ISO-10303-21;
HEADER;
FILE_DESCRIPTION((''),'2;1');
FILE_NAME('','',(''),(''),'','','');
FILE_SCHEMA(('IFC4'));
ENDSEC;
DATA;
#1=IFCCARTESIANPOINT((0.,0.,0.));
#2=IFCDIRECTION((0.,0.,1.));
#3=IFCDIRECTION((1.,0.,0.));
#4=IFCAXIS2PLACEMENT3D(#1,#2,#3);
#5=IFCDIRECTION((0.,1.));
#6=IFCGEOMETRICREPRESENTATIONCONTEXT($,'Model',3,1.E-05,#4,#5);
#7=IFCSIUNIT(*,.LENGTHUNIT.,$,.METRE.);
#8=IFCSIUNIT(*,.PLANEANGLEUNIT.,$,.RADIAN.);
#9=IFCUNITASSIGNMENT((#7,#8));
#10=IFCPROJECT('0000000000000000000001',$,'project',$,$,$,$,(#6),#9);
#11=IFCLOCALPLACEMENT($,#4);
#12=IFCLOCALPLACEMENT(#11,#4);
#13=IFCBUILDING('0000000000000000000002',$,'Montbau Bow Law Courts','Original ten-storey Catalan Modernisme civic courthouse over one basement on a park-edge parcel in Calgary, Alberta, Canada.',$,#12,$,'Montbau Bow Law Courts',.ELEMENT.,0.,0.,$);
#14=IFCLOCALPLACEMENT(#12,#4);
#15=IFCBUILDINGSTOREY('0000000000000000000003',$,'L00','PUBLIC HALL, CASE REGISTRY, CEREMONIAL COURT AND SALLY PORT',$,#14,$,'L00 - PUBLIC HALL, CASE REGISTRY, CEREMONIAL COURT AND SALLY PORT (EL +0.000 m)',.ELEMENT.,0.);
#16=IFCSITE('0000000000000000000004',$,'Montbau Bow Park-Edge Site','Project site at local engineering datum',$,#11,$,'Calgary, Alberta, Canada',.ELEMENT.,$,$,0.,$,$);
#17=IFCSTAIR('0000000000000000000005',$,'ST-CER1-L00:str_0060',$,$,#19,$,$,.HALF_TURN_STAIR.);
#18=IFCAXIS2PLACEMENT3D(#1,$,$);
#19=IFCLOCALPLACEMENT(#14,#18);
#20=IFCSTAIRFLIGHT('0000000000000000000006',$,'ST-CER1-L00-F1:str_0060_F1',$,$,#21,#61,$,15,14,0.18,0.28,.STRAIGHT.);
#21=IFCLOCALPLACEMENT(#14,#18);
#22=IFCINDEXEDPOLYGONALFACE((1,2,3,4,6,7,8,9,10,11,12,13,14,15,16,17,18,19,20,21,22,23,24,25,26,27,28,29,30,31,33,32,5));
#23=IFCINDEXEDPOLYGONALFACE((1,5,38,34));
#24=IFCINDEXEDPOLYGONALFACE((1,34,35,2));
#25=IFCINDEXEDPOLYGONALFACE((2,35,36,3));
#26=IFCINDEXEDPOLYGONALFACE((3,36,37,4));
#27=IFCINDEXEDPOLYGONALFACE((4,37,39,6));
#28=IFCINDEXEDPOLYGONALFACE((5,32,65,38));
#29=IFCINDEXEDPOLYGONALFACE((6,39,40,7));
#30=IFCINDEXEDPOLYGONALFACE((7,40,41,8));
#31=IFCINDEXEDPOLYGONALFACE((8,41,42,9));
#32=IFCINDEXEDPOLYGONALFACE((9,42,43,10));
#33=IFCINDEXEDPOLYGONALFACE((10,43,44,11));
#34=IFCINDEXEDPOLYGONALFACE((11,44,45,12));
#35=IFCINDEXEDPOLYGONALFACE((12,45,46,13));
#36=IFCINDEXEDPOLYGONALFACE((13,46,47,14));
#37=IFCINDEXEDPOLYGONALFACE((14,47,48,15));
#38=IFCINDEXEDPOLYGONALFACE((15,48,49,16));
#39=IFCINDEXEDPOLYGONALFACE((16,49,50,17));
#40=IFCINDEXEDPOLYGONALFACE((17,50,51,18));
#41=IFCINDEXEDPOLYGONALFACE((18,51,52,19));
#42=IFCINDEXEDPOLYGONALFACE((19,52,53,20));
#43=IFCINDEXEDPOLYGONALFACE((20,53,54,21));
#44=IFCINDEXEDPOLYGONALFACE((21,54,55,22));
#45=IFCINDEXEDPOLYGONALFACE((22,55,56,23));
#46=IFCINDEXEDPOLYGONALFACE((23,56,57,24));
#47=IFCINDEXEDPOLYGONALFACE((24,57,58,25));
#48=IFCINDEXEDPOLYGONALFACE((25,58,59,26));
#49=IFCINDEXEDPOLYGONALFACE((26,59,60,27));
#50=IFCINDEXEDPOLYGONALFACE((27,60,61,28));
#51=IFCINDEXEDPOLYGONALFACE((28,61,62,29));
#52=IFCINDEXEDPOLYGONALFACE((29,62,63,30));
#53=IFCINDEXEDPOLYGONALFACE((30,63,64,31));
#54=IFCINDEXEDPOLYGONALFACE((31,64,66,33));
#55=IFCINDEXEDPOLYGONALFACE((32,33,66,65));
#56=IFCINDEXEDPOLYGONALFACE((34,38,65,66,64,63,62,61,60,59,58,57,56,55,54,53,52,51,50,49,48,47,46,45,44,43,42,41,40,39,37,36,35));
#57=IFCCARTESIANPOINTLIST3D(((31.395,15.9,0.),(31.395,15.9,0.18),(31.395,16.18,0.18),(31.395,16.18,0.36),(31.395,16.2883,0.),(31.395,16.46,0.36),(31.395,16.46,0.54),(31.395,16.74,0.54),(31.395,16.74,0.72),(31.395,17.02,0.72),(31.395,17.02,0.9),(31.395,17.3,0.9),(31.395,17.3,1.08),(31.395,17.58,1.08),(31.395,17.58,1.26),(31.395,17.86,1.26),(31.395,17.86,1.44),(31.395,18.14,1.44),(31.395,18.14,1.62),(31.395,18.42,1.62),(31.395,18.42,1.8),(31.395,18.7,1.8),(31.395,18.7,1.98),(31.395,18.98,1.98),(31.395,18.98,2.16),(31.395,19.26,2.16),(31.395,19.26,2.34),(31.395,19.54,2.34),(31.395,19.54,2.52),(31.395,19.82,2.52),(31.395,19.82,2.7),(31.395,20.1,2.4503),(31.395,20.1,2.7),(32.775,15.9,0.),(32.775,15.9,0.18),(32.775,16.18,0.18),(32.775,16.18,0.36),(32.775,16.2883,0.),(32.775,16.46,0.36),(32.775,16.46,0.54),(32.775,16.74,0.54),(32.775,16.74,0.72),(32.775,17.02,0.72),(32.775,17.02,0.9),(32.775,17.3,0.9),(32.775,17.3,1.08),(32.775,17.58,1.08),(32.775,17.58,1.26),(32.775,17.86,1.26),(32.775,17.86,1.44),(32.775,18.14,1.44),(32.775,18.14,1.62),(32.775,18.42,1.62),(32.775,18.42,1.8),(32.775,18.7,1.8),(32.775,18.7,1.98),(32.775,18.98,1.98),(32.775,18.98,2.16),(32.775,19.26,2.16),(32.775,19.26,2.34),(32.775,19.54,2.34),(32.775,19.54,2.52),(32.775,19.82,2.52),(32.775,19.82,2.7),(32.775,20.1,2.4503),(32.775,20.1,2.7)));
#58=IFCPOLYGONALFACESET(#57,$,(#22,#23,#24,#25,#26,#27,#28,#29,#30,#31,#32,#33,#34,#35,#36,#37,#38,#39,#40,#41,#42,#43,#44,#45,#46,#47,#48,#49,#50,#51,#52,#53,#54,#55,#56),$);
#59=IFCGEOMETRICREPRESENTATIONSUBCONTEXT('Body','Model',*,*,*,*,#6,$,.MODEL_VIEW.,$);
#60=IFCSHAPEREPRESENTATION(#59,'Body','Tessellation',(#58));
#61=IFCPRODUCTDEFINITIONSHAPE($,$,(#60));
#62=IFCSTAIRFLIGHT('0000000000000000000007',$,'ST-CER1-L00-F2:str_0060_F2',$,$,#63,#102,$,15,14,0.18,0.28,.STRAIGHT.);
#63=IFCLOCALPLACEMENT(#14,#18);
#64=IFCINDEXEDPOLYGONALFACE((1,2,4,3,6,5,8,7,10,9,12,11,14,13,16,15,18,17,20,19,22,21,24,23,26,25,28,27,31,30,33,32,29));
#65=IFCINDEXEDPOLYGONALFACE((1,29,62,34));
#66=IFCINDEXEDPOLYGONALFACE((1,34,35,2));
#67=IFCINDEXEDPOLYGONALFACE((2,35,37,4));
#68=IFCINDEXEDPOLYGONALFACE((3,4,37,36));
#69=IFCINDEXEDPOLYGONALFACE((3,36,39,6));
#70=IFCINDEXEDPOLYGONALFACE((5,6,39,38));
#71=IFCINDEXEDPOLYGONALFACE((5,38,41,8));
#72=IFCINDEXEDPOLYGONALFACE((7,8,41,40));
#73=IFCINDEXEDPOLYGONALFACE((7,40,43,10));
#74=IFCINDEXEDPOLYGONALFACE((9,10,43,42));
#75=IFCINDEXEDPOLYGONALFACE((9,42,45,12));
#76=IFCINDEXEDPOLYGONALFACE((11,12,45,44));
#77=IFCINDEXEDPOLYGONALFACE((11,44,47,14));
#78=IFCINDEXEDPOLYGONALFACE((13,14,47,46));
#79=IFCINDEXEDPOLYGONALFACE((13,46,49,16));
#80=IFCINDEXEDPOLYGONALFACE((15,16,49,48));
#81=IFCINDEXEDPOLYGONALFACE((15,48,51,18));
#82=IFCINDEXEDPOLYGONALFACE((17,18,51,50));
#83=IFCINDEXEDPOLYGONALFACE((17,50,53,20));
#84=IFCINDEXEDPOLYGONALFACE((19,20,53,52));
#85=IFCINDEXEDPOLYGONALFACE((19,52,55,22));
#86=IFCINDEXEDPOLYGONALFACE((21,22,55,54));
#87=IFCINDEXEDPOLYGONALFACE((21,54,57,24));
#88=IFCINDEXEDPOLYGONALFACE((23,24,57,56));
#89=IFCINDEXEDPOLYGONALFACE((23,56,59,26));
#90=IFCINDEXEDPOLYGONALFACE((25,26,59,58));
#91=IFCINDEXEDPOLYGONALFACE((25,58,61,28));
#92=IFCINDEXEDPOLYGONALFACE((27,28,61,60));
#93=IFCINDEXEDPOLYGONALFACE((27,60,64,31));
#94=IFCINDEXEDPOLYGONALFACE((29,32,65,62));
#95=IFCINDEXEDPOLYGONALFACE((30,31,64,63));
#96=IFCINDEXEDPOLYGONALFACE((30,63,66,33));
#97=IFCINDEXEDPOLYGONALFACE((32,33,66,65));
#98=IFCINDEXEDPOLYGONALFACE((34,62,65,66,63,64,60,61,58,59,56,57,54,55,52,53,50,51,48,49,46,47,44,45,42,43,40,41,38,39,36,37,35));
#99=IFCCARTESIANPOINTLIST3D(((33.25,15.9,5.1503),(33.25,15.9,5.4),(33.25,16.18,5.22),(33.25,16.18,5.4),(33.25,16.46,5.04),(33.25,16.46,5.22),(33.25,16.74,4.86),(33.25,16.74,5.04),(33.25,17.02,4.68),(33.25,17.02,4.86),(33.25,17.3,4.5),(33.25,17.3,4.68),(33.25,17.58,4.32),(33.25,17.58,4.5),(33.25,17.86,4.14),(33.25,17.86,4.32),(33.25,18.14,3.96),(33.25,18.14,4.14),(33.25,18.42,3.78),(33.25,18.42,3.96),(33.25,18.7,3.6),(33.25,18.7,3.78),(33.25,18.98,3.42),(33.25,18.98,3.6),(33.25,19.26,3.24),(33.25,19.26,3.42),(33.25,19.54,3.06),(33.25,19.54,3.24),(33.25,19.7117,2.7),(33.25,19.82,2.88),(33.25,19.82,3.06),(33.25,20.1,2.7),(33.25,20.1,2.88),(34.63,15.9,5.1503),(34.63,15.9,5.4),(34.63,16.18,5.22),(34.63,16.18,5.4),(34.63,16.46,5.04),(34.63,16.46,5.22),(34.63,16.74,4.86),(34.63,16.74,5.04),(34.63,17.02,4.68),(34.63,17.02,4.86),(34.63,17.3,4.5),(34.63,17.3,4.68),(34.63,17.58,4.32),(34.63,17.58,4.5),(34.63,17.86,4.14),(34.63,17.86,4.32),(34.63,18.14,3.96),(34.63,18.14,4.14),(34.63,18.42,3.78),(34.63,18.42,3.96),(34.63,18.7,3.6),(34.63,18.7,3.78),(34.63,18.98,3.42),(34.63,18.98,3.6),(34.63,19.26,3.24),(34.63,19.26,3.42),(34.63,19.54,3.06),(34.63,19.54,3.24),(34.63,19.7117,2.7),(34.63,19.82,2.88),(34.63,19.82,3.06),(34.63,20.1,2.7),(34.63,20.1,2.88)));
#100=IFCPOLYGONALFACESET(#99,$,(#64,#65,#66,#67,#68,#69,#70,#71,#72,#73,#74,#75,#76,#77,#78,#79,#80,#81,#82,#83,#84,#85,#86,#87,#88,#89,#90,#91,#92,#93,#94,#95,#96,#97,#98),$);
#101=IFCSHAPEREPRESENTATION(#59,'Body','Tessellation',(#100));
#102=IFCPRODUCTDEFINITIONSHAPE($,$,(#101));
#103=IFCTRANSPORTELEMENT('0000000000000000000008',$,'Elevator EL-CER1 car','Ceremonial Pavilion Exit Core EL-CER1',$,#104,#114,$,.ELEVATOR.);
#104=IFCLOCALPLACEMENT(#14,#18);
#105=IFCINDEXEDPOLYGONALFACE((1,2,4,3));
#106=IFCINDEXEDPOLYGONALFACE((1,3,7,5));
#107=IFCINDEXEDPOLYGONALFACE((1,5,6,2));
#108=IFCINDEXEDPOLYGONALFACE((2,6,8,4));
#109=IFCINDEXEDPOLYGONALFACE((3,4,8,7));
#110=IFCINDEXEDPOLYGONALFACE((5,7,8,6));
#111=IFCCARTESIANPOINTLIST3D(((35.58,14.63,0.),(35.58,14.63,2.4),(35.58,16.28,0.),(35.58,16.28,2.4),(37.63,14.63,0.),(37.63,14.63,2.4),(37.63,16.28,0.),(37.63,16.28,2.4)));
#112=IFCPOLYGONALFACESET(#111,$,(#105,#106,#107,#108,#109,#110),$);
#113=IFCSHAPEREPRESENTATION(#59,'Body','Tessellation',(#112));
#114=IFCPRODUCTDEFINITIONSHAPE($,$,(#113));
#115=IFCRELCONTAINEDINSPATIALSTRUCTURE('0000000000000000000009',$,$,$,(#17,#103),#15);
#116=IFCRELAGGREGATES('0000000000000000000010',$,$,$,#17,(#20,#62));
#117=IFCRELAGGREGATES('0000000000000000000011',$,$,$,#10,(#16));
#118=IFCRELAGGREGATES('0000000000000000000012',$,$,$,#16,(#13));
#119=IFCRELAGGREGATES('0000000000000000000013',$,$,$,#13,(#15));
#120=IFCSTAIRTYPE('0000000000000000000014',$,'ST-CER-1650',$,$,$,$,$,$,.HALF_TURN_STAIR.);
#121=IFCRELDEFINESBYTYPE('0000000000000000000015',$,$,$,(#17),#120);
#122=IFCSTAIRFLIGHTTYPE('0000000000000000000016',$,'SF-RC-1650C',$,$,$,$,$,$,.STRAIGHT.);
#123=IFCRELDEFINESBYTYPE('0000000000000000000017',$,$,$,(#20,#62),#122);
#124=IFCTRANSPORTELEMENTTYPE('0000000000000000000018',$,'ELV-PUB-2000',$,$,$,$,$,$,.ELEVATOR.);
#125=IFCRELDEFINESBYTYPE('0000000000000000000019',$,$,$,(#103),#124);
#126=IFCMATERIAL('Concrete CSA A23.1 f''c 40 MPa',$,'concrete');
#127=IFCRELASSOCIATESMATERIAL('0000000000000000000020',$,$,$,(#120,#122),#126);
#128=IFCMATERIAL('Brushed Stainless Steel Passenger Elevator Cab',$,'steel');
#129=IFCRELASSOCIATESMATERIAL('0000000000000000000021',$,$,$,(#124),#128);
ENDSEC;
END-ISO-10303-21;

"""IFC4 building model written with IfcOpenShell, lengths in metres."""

from ifc_helpers import new_model, si_unit, direction, frame, origin_with_axes, origin_2d_with_axis, place, context, subcontext, project, spatial, polyline, rectangle, outline, extrude, material, type_object, element, aggregate, save


model = new_model("IFC4")

# Units and contexts
model_context = context("Model", 3, precision=1e-05, world=origin_with_axes(), true_north=direction((0.0, 1.0)))
body_context = subcontext(model_context, "Body", "Model", "MODEL_VIEW")
ifc_project = project(units=[si_unit("LENGTHUNIT", "METRE"), si_unit("PLANEANGLEUNIT", "RADIAN")], contexts=[model_context])

# Site, building, storey
site_placement = place(None, origin_with_axes())
site = spatial("IfcSite", under=ifc_project, at=site_placement, Name="Montbau Bow Park-Edge Site", Description="Project site at local engineering datum", LongName="Calgary, Alberta, Canada", CompositionType="ELEMENT", RefElevation=0.0)
building_placement = place(site_placement, origin_with_axes())
building = spatial("IfcBuilding", under=site, at=building_placement, Name="Montbau Bow Law Courts", Description="Original ten-storey Catalan Modernisme civic courthouse over one basement on a park-edge parcel in Calgary, Alberta, Canada.", LongName="Montbau Bow Law Courts", CompositionType="ELEMENT", ElevationOfRefHeight=0.0, ElevationOfTerrain=0.0)
storey_placement = place(building_placement, origin_with_axes())
storey = spatial("IfcBuildingStorey", under=building, at=storey_placement, Name="L00", Description="PUBLIC HALL, CASE REGISTRY, CEREMONIAL COURT AND SALLY PORT", LongName="L00 - PUBLIC HALL, CASE REGISTRY, CEREMONIAL COURT AND SALLY PORT (EL +0.000 m)", CompositionType="ELEMENT", Elevation=0.0)

# Stair, stair flights
ifc_material_1 = material(Name="Concrete CSA A23.1 f'c 40 MPa", Category="concrete")
stair_type = type_object("IfcStairType", Name="ST-CER-1650", PredefinedType="HALF_TURN_STAIR", material=ifc_material_1)
stair_placement = place(None, frame((32.085, 15.9, 0.0), z_axis=(0.0, 0.0, 1.0), x_axis=(1.0, 0.0, 0.0)))
stair = element("IfcStair", 1, at=stair_placement, inside=storey, type_object=stair_type, Name="ST-CER1-L00:str_0060", PredefinedType="HALF_TURN_STAIR")
stair_flight_type = type_object("IfcStairFlightType", Name="SF-RC-1650C", PredefinedType="STRAIGHT", material=ifc_material_1)
stair_flight_1_placement = place(None, frame((32.085, 15.9, 0.0), z_axis=(0.0, 0.0, 1.0), x_axis=(0.0, 1.0, 0.0)))
stair_flight_1 = element("IfcStairFlight", 2, at=stair_flight_1_placement, type_object=stair_flight_type, Name="ST-CER1-L00-F1:str_0060_F1", NumberOfRisers=15, NumberOfTreads=14, PredefinedType="STRAIGHT", RiserHeight=0.18, TreadLength=0.28, context=body_context, shape_type="SweptSolid", body=[
    extrude(outline(polyline([(0.0, 0.0), (0.0, 0.18), (0.28, 0.18), (0.28, 0.36), (0.56, 0.36), (0.56, 0.54), (0.84, 0.54), (0.84, 0.72), (1.12, 0.72), (1.12, 0.9), (1.4, 0.9), (1.4, 1.08), (1.68, 1.08), (1.68, 1.26), (1.96, 1.26), (1.96, 1.44), (2.24, 1.44), (2.24, 1.62), (2.52, 1.62), (2.52, 1.8), (2.8, 1.8), (2.8, 1.98), (3.08, 1.98), (3.08, 2.16), (3.36, 2.16), (3.36, 2.34), (3.64, 2.34), (3.64, 2.52), (3.92, 2.52), (3.92, 2.7), (4.2, 2.7), (4.2, 2.4503), (0.3883, 0.0), (0.0, 0.0)])), frame((0.0, 0.69, 0.0), z_axis=(0.0, -1.0, 0.0), x_axis=(1.0, 0.0, 0.0)), (0.0, 0.0, 1.0), 1.38),
])
stair_flight_2_placement = place(None, frame((33.94, 20.1, 2.7), z_axis=(0.0, 0.0, 1.0), x_axis=(0.0, -1.0, 0.0)))
stair_flight_2 = element("IfcStairFlight", 3, at=stair_flight_2_placement, type_object=stair_flight_type, Name="ST-CER1-L00-F2:str_0060_F2", NumberOfRisers=15, NumberOfTreads=14, PredefinedType="STRAIGHT", RiserHeight=0.18, TreadLength=0.28, context=body_context, shape_type="SweptSolid", body=[
    extrude(outline(polyline([(0.0, 0.0), (0.0, 0.18), (0.28, 0.18), (0.28, 0.36), (0.56, 0.36), (0.56, 0.54), (0.84, 0.54), (0.84, 0.72), (1.12, 0.72), (1.12, 0.9), (1.4, 0.9), (1.4, 1.08), (1.68, 1.08), (1.68, 1.26), (1.96, 1.26), (1.96, 1.44), (2.24, 1.44), (2.24, 1.62), (2.52, 1.62), (2.52, 1.8), (2.8, 1.8), (2.8, 1.98), (3.08, 1.98), (3.08, 2.16), (3.36, 2.16), (3.36, 2.34), (3.64, 2.34), (3.64, 2.52), (3.92, 2.52), (3.92, 2.7), (4.2, 2.7), (4.2, 2.4503), (0.3883, 0.0), (0.0, 0.0)])), frame((0.0, 0.69, 0.0), z_axis=(0.0, -1.0, 0.0), x_axis=(1.0, 0.0, 0.0)), (0.0, 0.0, 1.0), 1.38),
])
aggregate(stair, [stair_flight_1, stair_flight_2])

# Transport element
ifc_material_2 = material(Name="Brushed Stainless Steel Passenger Elevator Cab", Category="steel")
transport_element_type = type_object("IfcTransportElementType", Name="ELV-PUB-2000", PredefinedType="ELEVATOR", material=ifc_material_2)
transport_element_placement = place(None, frame((36.605, 15.455, 0.0), z_axis=(0.0, 0.0, 1.0), x_axis=(1.0, 0.0, 0.0)))
element("IfcTransportElement", 4, at=transport_element_placement, inside=storey, type_object=transport_element_type, Name="Elevator EL-CER1 car", Description="Ceremonial Pavilion Exit Core EL-CER1", PredefinedType="ELEVATOR", context=body_context, shape_type="SweptSolid", body=[
    extrude(rectangle(XDim=2.05, YDim=1.65, at=origin_2d_with_axis()), origin_with_axes(), (0.0, 0.0, 1.0), 2.4),
])

save(model, "model.ifc")
